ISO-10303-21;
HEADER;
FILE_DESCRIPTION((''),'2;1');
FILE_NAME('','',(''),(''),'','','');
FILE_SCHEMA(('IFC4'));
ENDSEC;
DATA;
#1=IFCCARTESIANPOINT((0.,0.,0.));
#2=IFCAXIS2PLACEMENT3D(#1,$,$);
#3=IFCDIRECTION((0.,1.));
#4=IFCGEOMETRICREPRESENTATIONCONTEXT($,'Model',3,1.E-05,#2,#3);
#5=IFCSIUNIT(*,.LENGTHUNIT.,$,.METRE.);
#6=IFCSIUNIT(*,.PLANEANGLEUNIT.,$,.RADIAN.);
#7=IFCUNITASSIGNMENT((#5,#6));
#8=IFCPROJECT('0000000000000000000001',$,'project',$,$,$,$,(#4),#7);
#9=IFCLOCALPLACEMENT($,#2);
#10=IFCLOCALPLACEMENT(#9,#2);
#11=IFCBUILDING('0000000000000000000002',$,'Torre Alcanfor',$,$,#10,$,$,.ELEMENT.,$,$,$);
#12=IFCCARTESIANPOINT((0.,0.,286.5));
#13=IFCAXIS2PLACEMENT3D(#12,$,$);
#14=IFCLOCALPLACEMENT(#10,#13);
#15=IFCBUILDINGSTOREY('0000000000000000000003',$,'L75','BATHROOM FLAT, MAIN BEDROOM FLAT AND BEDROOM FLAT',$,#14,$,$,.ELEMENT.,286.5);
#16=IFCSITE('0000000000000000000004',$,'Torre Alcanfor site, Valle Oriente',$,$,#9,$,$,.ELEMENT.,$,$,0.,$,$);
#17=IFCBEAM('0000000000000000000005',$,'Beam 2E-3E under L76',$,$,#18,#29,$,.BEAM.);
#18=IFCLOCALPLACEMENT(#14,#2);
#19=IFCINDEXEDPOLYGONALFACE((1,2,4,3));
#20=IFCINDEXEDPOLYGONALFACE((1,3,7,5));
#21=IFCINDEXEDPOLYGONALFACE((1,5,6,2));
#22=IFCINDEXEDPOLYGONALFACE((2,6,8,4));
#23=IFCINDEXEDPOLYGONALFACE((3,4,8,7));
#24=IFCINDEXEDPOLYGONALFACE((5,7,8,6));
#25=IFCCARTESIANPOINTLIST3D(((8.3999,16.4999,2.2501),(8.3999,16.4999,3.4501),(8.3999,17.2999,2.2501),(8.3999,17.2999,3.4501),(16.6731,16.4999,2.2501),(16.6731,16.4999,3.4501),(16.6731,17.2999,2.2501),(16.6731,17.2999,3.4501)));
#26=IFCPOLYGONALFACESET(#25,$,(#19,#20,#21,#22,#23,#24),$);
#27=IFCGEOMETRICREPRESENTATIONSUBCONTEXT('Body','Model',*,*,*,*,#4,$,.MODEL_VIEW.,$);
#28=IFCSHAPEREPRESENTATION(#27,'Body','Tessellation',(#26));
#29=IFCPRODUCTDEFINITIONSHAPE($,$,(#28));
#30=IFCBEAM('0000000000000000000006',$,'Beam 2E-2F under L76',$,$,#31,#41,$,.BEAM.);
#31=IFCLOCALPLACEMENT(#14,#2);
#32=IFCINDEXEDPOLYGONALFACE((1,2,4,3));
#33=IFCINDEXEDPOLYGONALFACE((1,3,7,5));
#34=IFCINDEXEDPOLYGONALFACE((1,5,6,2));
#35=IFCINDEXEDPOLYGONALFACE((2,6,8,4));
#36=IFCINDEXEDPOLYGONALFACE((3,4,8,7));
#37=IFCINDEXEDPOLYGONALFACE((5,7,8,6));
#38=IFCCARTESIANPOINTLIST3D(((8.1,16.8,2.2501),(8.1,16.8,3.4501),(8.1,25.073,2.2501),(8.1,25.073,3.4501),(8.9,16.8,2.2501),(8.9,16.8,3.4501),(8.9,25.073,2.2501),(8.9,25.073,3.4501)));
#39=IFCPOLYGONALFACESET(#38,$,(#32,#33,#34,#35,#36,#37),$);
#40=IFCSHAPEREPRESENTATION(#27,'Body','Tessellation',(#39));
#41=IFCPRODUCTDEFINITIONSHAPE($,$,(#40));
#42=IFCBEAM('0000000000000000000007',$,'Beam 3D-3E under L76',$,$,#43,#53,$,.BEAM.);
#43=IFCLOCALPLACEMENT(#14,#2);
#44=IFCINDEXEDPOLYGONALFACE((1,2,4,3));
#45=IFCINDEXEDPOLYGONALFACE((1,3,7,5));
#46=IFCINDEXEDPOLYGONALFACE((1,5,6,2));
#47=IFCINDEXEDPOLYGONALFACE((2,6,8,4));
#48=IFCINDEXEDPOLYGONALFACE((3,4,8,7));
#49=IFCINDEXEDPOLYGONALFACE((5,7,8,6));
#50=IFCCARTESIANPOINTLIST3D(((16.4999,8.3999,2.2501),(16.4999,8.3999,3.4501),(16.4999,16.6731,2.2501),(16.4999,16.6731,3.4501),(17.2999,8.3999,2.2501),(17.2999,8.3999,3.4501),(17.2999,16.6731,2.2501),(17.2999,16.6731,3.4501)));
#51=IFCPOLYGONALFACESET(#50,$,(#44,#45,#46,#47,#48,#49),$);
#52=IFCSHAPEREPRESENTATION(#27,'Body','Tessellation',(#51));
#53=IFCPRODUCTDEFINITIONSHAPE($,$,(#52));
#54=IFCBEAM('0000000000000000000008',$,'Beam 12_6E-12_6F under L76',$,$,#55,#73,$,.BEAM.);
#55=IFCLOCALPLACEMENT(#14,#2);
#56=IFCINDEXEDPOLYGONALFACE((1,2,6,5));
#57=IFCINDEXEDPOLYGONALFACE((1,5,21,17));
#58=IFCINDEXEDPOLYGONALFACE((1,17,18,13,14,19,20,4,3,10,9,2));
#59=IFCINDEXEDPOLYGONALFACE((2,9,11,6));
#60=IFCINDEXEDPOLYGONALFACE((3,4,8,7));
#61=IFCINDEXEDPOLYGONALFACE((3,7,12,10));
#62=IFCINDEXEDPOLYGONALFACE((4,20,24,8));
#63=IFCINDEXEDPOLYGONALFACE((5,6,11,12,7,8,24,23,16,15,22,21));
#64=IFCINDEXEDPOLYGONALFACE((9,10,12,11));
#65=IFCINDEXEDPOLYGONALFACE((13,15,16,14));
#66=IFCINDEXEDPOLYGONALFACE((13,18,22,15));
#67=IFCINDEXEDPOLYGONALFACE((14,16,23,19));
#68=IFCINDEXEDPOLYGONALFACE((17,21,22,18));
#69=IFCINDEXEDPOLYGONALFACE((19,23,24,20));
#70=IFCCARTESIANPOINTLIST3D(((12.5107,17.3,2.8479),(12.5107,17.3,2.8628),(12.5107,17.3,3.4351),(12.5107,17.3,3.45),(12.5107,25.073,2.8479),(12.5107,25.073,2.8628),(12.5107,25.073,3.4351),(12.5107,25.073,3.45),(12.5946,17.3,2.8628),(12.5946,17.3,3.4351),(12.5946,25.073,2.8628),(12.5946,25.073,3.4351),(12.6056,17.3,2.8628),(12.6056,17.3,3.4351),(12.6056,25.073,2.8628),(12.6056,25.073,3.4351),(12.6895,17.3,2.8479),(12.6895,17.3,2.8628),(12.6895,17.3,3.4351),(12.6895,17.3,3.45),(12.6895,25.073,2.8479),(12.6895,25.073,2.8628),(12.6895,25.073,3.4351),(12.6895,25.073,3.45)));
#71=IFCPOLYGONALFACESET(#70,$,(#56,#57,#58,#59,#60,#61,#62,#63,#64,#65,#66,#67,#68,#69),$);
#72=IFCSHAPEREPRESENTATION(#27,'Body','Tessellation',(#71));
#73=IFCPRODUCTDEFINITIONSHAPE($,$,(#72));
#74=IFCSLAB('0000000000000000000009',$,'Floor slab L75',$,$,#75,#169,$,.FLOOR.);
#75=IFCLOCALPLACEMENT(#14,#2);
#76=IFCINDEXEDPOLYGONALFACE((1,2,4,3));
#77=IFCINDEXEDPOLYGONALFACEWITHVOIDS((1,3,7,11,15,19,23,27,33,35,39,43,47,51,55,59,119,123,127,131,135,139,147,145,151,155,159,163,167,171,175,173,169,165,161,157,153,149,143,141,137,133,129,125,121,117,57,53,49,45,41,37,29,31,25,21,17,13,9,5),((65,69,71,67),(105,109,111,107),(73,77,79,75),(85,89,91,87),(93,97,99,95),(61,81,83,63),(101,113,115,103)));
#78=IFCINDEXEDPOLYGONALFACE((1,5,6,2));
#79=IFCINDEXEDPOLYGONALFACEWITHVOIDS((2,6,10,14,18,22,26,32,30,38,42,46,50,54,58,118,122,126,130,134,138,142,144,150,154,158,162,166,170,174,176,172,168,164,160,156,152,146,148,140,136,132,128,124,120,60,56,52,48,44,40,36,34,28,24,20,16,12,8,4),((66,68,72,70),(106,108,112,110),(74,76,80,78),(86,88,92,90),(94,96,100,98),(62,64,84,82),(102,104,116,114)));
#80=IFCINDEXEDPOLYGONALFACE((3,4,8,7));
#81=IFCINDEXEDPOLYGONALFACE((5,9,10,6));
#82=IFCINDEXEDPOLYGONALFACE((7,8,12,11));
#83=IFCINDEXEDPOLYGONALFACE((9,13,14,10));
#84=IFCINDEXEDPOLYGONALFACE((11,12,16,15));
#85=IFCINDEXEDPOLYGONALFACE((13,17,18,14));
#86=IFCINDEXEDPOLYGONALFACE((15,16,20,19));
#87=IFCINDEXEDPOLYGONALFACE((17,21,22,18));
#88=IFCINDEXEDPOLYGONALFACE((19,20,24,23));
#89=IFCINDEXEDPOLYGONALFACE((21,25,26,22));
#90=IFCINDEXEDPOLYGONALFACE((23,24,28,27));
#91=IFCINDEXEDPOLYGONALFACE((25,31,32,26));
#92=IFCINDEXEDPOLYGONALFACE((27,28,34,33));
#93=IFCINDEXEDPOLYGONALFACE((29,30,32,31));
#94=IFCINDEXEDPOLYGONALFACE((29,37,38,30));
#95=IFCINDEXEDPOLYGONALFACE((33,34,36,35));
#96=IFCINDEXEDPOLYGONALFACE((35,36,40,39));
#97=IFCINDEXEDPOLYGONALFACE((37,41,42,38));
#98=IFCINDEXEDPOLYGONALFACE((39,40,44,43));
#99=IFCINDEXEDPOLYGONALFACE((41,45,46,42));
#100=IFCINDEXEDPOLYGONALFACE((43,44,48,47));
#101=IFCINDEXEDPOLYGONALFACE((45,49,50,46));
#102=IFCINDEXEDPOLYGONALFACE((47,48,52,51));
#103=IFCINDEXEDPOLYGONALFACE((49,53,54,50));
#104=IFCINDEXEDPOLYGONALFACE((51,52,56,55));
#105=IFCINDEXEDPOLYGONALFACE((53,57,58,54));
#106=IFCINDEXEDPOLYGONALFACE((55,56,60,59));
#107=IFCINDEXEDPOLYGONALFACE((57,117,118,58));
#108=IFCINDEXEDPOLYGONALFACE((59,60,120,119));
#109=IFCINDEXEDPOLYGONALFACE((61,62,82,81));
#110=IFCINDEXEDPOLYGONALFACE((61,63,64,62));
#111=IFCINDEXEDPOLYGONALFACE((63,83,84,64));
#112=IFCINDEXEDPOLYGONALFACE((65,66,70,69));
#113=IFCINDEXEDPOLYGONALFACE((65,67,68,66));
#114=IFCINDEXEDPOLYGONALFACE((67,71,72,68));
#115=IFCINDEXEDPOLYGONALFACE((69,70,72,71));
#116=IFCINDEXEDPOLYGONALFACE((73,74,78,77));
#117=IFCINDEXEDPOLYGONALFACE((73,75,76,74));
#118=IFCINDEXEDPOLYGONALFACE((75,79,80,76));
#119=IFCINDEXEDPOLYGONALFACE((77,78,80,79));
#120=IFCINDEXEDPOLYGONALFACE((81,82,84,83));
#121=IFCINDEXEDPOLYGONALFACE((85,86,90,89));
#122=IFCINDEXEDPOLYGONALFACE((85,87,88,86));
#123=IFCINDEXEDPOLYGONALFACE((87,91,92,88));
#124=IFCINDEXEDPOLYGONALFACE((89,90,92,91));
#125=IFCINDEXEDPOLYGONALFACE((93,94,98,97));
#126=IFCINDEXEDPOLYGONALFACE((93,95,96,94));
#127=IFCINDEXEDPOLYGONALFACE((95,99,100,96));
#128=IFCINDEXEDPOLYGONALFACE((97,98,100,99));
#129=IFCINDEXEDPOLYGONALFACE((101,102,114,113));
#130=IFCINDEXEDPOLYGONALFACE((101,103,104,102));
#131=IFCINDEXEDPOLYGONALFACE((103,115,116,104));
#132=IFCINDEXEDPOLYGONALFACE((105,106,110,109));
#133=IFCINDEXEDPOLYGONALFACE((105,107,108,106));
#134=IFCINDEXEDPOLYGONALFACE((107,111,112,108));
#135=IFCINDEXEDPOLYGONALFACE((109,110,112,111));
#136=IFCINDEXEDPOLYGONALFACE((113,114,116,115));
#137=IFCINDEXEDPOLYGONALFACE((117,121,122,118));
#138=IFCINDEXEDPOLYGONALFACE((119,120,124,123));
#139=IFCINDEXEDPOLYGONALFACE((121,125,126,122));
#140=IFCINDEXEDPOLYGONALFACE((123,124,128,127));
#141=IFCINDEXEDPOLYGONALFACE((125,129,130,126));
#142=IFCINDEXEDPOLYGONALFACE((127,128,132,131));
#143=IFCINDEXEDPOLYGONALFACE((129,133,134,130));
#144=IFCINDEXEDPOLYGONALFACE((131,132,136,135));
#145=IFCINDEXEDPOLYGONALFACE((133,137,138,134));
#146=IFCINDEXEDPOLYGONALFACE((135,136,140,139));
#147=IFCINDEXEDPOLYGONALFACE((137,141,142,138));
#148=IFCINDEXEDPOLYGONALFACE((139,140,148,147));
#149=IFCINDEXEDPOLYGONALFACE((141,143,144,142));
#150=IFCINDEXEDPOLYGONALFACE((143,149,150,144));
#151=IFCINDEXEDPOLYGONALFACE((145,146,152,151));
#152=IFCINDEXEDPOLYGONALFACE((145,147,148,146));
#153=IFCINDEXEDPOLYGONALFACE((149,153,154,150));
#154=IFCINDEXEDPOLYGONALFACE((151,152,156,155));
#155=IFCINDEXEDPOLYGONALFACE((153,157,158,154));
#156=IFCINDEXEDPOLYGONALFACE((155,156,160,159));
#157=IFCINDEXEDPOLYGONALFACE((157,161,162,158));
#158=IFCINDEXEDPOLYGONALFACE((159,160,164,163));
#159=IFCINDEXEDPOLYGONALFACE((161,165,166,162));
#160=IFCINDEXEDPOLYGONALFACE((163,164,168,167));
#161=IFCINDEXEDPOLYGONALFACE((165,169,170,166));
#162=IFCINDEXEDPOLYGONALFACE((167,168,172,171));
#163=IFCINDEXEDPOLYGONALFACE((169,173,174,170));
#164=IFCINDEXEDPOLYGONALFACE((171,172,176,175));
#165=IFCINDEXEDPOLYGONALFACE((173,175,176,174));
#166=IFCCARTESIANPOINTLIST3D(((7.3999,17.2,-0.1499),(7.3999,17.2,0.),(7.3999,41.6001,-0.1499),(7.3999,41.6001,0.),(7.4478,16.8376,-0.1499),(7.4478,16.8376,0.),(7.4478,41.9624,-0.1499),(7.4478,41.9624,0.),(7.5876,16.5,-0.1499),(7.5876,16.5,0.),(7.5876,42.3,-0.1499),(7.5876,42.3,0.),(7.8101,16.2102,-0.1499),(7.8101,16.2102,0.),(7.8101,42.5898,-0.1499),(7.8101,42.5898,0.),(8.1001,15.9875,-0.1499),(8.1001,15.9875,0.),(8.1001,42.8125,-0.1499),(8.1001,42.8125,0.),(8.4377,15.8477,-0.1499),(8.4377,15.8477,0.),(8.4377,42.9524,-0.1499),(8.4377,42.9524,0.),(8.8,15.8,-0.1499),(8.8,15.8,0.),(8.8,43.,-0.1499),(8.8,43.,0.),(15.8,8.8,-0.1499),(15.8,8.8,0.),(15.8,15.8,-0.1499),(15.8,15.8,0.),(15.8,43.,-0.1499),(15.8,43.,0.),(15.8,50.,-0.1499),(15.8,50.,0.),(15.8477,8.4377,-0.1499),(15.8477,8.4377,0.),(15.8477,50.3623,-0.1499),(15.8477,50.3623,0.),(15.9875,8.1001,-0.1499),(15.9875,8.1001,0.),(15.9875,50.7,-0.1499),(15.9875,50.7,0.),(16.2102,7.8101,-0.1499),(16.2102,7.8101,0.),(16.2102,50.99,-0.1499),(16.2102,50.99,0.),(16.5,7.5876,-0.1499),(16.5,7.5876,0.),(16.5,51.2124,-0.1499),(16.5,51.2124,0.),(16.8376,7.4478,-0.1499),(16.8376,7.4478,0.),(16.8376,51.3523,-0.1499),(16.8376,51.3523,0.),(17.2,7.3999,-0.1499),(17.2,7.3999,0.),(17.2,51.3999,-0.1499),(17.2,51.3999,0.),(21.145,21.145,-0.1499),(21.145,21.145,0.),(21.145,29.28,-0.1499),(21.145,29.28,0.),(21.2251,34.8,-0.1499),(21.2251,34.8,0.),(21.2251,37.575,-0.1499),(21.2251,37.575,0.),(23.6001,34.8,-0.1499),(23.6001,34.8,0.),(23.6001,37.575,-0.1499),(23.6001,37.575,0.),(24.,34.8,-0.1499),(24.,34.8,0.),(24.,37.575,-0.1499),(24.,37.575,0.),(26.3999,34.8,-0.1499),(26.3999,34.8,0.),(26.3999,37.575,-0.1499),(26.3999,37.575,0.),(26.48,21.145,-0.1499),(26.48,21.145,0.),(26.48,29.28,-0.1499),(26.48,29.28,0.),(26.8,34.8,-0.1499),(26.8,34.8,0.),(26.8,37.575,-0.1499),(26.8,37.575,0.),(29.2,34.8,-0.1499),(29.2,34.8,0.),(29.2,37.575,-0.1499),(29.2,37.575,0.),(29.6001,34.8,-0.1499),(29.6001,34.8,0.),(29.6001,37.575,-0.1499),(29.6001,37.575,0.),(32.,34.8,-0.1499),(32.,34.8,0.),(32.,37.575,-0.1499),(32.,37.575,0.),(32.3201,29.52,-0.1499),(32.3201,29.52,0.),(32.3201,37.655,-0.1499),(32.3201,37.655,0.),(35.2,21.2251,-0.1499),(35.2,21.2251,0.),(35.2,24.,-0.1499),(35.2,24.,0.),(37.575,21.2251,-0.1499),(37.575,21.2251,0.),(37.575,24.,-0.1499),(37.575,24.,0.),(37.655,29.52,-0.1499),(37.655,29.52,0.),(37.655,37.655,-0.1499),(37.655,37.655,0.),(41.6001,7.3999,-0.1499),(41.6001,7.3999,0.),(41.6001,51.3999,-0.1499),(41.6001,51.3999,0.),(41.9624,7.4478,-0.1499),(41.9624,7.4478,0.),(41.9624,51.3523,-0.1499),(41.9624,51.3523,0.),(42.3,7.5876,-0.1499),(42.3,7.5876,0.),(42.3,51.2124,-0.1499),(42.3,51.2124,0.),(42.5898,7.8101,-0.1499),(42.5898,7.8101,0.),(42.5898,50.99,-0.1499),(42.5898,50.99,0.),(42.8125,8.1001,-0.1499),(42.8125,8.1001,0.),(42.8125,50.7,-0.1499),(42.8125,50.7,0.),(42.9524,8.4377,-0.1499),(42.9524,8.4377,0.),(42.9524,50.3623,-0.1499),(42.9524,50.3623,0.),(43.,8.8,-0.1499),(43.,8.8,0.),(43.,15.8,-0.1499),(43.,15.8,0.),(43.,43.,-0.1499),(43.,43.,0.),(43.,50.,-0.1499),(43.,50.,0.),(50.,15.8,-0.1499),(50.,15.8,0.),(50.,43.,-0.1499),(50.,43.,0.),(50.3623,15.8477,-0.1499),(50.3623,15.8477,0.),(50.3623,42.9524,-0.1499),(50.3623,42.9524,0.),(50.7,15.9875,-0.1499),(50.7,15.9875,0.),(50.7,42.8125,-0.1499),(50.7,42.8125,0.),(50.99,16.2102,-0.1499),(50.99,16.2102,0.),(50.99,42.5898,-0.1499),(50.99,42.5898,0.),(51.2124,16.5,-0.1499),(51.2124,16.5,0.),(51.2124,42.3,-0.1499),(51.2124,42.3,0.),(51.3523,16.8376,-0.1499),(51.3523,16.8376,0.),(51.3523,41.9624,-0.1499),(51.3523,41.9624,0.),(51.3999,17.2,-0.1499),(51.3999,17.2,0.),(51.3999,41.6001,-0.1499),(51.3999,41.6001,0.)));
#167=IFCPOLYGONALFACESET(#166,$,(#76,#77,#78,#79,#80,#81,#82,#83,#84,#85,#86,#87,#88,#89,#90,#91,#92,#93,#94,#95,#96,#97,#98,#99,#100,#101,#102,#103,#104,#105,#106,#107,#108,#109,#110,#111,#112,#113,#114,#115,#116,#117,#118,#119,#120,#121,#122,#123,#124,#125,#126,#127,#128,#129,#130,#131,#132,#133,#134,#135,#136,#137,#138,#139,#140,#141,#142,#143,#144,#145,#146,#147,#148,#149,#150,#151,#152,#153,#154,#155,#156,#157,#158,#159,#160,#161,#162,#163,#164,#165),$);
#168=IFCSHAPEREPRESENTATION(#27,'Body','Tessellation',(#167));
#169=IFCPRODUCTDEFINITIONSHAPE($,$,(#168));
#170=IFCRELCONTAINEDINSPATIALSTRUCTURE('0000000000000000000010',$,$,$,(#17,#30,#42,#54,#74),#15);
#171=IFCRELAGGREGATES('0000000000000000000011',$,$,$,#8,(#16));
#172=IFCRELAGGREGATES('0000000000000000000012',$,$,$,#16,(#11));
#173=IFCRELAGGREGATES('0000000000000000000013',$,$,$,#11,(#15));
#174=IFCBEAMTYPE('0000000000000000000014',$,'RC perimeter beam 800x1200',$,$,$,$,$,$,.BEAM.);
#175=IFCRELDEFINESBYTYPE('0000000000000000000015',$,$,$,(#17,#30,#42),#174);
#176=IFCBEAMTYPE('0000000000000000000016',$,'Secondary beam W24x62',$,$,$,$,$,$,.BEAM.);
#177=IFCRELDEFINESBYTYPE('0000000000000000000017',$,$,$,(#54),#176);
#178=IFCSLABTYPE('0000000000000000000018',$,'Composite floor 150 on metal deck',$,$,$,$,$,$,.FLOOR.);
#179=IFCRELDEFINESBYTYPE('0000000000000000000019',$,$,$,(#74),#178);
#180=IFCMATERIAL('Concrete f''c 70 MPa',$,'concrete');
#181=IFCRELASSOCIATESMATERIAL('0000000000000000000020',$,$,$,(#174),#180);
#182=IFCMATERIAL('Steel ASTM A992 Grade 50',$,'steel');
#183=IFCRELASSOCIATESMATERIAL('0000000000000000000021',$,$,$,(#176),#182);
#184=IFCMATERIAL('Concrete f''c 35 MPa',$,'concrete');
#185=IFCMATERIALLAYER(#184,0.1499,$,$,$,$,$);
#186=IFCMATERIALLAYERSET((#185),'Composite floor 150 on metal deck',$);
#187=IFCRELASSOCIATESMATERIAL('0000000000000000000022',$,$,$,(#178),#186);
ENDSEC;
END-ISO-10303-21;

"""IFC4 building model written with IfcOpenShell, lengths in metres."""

from ifc_helpers import new_model, si_unit, direction, frame, origin, origin_2d, place, context, subcontext, project, spatial, polyline, rectangle, i_section, outline, extrude, material, layer, layer_set, material_profile, profile_set, type_object, element, save


model = new_model("IFC4")

# Units and contexts
model_context = context("Model", 3, precision=1e-05, world=origin(), true_north=direction((0.0, 1.0)))
body_context = subcontext(model_context, "Body", "Model", "MODEL_VIEW")
ifc_project = project(units=[si_unit("LENGTHUNIT", "METRE"), si_unit("PLANEANGLEUNIT", "RADIAN")], contexts=[model_context])

# Site, building, storey
site_placement = place(None, origin())
site = spatial("IfcSite", under=ifc_project, at=site_placement, Name="Torre Alcanfor site, Valle Oriente", CompositionType="ELEMENT", RefElevation=0.0)
building_placement = place(site_placement, origin())
building = spatial("IfcBuilding", under=site, at=building_placement, Name="Torre Alcanfor", CompositionType="ELEMENT")
storey_placement = place(building_placement, frame((0.0, 0.0, 286.5)))
storey = spatial("IfcBuildingStorey", under=building, at=storey_placement, Name="L75", Description="BATHROOM FLAT, MAIN BEDROOM FLAT AND BEDROOM FLAT", CompositionType="ELEMENT", Elevation=286.5)

# Beams
ifc_material_1 = material(Name="Concrete f'c 70 MPa", Category="concrete")
ifc_material_profile_1 = material_profile(ifc_material_1, rectangle(XDim=0.8, YDim=1.2, at=origin_2d()), Name="800x1200")
ifc_profile_set_1 = profile_set([ifc_material_profile_1], Name="Concrete f'c 70 MPa")
beam_type_1 = type_object("IfcBeamType", Name="RC perimeter beam 800x1200", PredefinedType="BEAM", material=ifc_profile_set_1)
beam_1_placement = place(storey_placement, frame((8.3999, 16.8999, 2.8501), z_axis=(1.0, 0.0, 0.0), x_axis=(0.0, 1.0, 0.0)))
element("IfcBeam", 1, at=beam_1_placement, inside=storey, type_object=beam_type_1, Name="Beam 2E-3E under L76", PredefinedType="BEAM", context=body_context, shape_type="SweptSolid", body=[
    extrude(rectangle(XDim=0.8, YDim=1.2, at=origin_2d()), origin(), (0.0, 0.0, 1.0), 8.2732),
])
beam_2_placement = place(storey_placement, frame((8.5, 16.8, 2.8501), z_axis=(0.0, 1.0, 0.0), x_axis=(-1.0, 0.0, 0.0)))
element("IfcBeam", 2, at=beam_2_placement, inside=storey, type_object=beam_type_1, Name="Beam 2E-2F under L76", PredefinedType="BEAM", context=body_context, shape_type="SweptSolid", body=[
    extrude(rectangle(XDim=0.8, YDim=1.2, at=origin_2d()), origin(), (0.0, 0.0, 1.0), 8.2729),
])
beam_3_placement = place(storey_placement, frame((16.8999, 8.3999, 2.8501), z_axis=(0.0, 1.0, 0.0), x_axis=(-1.0, 0.0, 0.0)))
element("IfcBeam", 3, at=beam_3_placement, inside=storey, type_object=beam_type_1, Name="Beam 3D-3E under L76", PredefinedType="BEAM", context=body_context, shape_type="SweptSolid", body=[
    extrude(rectangle(XDim=0.8, YDim=1.2, at=origin_2d()), origin(), (0.0, 0.0, 1.0), 8.2732),
])
ifc_material_2 = material(Name="Steel ASTM A992 Grade 50", Category="steel")
ifc_material_profile_2 = material_profile(ifc_material_2, i_section(OverallWidth=0.1787, OverallDepth=0.6021, WebThickness=0.011, FlangeThickness=0.0149, at=origin_2d()), Name="W24x62")
ifc_profile_set_2 = profile_set([ifc_material_profile_2], Name="Steel ASTM A992 Grade 50")
beam_type_2 = type_object("IfcBeamType", Name="Secondary beam W24x62", PredefinedType="BEAM", material=ifc_profile_set_2)
beam_4_placement = place(storey_placement, frame((12.6001, 17.3, 3.1489), z_axis=(0.0, 1.0, 0.0), x_axis=(-1.0, 0.0, 0.0)))
element("IfcBeam", 4, at=beam_4_placement, inside=storey, type_object=beam_type_2, Name="Beam 12_6E-12_6F under L76", PredefinedType="BEAM", context=body_context, shape_type="SweptSolid", body=[
    extrude(i_section(OverallWidth=0.1787, OverallDepth=0.6021, WebThickness=0.011, FlangeThickness=0.0149, at=origin_2d()), origin(), (0.0, 0.0, 1.0), 7.7729),
])

# Slab
ifc_material_3 = material(Name="Concrete f'c 35 MPa", Category="concrete")
ifc_layer_1 = layer(ifc_material_3, 0.1499)
ifc_layer_set_1 = layer_set([ifc_layer_1], Name="Composite floor 150 on metal deck")
slab_type_1 = type_object("IfcSlabType", Name="Composite floor 150 on metal deck", PredefinedType="FLOOR", material=ifc_layer_set_1)
slab_1_placement = place(storey_placement, frame((0.0, 0.0, -0.1499)))
element("IfcSlab", 5, at=slab_1_placement, inside=storey, type_object=slab_type_1, Name="Floor slab L75", PredefinedType="FLOOR", context=body_context, shape_type="SweptSolid", body=[
    extrude(outline(polyline([(15.8, 43.0), (8.8, 43.0), (8.4377, 42.9524), (8.1001, 42.8125), (7.8101, 42.5898), (7.5876, 42.3), (7.4478, 41.9624), (7.3999, 41.6001), (7.3999, 17.2), (7.4478, 16.8376), (7.5876, 16.5), (7.8101, 16.2102), (8.1001, 15.9875), (8.4377, 15.8477), (8.8, 15.8), (15.8, 15.8), (15.8, 8.8), (15.8477, 8.4377), (15.9875, 8.1001), (16.2102, 7.8101), (16.5, 7.5876), (16.8376, 7.4478), (17.2, 7.3999), (41.6001, 7.3999), (41.9624, 7.4478), (42.3, 7.5876), (42.5898, 7.8101), (42.8125, 8.1001), (42.9524, 8.4377), (43.0, 8.8), (43.0, 15.8), (50.0, 15.8), (50.3623, 15.8477), (50.7, 15.9875), (50.99, 16.2102), (51.2124, 16.5), (51.3523, 16.8376), (51.3999, 17.2), (51.3999, 41.6001), (51.3523, 41.9624), (51.2124, 42.3), (50.99, 42.5898), (50.7, 42.8125), (50.3623, 42.9524), (50.0, 43.0), (43.0, 43.0), (43.0, 50.0), (42.9524, 50.3623), (42.8125, 50.7), (42.5898, 50.99), (42.3, 51.2124), (41.9624, 51.3523), (41.6001, 51.3999), (17.2, 51.3999), (16.8376, 51.3523), (16.5, 51.2124), (16.2102, 50.99), (15.9875, 50.7), (15.8477, 50.3623), (15.8, 50.0), (15.8, 43.0)]), holes=[polyline([(21.145, 21.145), (26.48, 21.145), (26.48, 29.28), (21.145, 29.28), (21.145, 21.145)]), polyline([(32.3201, 29.52), (37.655, 29.52), (37.655, 37.655), (32.3201, 37.655), (32.3201, 29.52)]), polyline([(35.2, 21.2251), (37.575, 21.2251), (37.575, 24.0), (35.2, 24.0), (35.2, 21.2251)]), polyline([(21.2251, 34.8), (23.6001, 34.8), (23.6001, 37.575), (21.2251, 37.575), (21.2251, 34.8)]), polyline([(24.0, 34.8), (26.3999, 34.8), (26.3999, 37.575), (24.0, 37.575), (24.0, 34.8)]), polyline([(26.8, 34.8), (29.2, 34.8), (29.2, 37.575), (26.8, 37.575), (26.8, 34.8)]), polyline([(29.6001, 34.8), (32.0, 34.8), (32.0, 37.575), (29.6001, 37.575), (29.6001, 34.8)])]), origin(), (0.0, 0.0, 1.0), 0.1499),
])

save(model, "model.ifc")
